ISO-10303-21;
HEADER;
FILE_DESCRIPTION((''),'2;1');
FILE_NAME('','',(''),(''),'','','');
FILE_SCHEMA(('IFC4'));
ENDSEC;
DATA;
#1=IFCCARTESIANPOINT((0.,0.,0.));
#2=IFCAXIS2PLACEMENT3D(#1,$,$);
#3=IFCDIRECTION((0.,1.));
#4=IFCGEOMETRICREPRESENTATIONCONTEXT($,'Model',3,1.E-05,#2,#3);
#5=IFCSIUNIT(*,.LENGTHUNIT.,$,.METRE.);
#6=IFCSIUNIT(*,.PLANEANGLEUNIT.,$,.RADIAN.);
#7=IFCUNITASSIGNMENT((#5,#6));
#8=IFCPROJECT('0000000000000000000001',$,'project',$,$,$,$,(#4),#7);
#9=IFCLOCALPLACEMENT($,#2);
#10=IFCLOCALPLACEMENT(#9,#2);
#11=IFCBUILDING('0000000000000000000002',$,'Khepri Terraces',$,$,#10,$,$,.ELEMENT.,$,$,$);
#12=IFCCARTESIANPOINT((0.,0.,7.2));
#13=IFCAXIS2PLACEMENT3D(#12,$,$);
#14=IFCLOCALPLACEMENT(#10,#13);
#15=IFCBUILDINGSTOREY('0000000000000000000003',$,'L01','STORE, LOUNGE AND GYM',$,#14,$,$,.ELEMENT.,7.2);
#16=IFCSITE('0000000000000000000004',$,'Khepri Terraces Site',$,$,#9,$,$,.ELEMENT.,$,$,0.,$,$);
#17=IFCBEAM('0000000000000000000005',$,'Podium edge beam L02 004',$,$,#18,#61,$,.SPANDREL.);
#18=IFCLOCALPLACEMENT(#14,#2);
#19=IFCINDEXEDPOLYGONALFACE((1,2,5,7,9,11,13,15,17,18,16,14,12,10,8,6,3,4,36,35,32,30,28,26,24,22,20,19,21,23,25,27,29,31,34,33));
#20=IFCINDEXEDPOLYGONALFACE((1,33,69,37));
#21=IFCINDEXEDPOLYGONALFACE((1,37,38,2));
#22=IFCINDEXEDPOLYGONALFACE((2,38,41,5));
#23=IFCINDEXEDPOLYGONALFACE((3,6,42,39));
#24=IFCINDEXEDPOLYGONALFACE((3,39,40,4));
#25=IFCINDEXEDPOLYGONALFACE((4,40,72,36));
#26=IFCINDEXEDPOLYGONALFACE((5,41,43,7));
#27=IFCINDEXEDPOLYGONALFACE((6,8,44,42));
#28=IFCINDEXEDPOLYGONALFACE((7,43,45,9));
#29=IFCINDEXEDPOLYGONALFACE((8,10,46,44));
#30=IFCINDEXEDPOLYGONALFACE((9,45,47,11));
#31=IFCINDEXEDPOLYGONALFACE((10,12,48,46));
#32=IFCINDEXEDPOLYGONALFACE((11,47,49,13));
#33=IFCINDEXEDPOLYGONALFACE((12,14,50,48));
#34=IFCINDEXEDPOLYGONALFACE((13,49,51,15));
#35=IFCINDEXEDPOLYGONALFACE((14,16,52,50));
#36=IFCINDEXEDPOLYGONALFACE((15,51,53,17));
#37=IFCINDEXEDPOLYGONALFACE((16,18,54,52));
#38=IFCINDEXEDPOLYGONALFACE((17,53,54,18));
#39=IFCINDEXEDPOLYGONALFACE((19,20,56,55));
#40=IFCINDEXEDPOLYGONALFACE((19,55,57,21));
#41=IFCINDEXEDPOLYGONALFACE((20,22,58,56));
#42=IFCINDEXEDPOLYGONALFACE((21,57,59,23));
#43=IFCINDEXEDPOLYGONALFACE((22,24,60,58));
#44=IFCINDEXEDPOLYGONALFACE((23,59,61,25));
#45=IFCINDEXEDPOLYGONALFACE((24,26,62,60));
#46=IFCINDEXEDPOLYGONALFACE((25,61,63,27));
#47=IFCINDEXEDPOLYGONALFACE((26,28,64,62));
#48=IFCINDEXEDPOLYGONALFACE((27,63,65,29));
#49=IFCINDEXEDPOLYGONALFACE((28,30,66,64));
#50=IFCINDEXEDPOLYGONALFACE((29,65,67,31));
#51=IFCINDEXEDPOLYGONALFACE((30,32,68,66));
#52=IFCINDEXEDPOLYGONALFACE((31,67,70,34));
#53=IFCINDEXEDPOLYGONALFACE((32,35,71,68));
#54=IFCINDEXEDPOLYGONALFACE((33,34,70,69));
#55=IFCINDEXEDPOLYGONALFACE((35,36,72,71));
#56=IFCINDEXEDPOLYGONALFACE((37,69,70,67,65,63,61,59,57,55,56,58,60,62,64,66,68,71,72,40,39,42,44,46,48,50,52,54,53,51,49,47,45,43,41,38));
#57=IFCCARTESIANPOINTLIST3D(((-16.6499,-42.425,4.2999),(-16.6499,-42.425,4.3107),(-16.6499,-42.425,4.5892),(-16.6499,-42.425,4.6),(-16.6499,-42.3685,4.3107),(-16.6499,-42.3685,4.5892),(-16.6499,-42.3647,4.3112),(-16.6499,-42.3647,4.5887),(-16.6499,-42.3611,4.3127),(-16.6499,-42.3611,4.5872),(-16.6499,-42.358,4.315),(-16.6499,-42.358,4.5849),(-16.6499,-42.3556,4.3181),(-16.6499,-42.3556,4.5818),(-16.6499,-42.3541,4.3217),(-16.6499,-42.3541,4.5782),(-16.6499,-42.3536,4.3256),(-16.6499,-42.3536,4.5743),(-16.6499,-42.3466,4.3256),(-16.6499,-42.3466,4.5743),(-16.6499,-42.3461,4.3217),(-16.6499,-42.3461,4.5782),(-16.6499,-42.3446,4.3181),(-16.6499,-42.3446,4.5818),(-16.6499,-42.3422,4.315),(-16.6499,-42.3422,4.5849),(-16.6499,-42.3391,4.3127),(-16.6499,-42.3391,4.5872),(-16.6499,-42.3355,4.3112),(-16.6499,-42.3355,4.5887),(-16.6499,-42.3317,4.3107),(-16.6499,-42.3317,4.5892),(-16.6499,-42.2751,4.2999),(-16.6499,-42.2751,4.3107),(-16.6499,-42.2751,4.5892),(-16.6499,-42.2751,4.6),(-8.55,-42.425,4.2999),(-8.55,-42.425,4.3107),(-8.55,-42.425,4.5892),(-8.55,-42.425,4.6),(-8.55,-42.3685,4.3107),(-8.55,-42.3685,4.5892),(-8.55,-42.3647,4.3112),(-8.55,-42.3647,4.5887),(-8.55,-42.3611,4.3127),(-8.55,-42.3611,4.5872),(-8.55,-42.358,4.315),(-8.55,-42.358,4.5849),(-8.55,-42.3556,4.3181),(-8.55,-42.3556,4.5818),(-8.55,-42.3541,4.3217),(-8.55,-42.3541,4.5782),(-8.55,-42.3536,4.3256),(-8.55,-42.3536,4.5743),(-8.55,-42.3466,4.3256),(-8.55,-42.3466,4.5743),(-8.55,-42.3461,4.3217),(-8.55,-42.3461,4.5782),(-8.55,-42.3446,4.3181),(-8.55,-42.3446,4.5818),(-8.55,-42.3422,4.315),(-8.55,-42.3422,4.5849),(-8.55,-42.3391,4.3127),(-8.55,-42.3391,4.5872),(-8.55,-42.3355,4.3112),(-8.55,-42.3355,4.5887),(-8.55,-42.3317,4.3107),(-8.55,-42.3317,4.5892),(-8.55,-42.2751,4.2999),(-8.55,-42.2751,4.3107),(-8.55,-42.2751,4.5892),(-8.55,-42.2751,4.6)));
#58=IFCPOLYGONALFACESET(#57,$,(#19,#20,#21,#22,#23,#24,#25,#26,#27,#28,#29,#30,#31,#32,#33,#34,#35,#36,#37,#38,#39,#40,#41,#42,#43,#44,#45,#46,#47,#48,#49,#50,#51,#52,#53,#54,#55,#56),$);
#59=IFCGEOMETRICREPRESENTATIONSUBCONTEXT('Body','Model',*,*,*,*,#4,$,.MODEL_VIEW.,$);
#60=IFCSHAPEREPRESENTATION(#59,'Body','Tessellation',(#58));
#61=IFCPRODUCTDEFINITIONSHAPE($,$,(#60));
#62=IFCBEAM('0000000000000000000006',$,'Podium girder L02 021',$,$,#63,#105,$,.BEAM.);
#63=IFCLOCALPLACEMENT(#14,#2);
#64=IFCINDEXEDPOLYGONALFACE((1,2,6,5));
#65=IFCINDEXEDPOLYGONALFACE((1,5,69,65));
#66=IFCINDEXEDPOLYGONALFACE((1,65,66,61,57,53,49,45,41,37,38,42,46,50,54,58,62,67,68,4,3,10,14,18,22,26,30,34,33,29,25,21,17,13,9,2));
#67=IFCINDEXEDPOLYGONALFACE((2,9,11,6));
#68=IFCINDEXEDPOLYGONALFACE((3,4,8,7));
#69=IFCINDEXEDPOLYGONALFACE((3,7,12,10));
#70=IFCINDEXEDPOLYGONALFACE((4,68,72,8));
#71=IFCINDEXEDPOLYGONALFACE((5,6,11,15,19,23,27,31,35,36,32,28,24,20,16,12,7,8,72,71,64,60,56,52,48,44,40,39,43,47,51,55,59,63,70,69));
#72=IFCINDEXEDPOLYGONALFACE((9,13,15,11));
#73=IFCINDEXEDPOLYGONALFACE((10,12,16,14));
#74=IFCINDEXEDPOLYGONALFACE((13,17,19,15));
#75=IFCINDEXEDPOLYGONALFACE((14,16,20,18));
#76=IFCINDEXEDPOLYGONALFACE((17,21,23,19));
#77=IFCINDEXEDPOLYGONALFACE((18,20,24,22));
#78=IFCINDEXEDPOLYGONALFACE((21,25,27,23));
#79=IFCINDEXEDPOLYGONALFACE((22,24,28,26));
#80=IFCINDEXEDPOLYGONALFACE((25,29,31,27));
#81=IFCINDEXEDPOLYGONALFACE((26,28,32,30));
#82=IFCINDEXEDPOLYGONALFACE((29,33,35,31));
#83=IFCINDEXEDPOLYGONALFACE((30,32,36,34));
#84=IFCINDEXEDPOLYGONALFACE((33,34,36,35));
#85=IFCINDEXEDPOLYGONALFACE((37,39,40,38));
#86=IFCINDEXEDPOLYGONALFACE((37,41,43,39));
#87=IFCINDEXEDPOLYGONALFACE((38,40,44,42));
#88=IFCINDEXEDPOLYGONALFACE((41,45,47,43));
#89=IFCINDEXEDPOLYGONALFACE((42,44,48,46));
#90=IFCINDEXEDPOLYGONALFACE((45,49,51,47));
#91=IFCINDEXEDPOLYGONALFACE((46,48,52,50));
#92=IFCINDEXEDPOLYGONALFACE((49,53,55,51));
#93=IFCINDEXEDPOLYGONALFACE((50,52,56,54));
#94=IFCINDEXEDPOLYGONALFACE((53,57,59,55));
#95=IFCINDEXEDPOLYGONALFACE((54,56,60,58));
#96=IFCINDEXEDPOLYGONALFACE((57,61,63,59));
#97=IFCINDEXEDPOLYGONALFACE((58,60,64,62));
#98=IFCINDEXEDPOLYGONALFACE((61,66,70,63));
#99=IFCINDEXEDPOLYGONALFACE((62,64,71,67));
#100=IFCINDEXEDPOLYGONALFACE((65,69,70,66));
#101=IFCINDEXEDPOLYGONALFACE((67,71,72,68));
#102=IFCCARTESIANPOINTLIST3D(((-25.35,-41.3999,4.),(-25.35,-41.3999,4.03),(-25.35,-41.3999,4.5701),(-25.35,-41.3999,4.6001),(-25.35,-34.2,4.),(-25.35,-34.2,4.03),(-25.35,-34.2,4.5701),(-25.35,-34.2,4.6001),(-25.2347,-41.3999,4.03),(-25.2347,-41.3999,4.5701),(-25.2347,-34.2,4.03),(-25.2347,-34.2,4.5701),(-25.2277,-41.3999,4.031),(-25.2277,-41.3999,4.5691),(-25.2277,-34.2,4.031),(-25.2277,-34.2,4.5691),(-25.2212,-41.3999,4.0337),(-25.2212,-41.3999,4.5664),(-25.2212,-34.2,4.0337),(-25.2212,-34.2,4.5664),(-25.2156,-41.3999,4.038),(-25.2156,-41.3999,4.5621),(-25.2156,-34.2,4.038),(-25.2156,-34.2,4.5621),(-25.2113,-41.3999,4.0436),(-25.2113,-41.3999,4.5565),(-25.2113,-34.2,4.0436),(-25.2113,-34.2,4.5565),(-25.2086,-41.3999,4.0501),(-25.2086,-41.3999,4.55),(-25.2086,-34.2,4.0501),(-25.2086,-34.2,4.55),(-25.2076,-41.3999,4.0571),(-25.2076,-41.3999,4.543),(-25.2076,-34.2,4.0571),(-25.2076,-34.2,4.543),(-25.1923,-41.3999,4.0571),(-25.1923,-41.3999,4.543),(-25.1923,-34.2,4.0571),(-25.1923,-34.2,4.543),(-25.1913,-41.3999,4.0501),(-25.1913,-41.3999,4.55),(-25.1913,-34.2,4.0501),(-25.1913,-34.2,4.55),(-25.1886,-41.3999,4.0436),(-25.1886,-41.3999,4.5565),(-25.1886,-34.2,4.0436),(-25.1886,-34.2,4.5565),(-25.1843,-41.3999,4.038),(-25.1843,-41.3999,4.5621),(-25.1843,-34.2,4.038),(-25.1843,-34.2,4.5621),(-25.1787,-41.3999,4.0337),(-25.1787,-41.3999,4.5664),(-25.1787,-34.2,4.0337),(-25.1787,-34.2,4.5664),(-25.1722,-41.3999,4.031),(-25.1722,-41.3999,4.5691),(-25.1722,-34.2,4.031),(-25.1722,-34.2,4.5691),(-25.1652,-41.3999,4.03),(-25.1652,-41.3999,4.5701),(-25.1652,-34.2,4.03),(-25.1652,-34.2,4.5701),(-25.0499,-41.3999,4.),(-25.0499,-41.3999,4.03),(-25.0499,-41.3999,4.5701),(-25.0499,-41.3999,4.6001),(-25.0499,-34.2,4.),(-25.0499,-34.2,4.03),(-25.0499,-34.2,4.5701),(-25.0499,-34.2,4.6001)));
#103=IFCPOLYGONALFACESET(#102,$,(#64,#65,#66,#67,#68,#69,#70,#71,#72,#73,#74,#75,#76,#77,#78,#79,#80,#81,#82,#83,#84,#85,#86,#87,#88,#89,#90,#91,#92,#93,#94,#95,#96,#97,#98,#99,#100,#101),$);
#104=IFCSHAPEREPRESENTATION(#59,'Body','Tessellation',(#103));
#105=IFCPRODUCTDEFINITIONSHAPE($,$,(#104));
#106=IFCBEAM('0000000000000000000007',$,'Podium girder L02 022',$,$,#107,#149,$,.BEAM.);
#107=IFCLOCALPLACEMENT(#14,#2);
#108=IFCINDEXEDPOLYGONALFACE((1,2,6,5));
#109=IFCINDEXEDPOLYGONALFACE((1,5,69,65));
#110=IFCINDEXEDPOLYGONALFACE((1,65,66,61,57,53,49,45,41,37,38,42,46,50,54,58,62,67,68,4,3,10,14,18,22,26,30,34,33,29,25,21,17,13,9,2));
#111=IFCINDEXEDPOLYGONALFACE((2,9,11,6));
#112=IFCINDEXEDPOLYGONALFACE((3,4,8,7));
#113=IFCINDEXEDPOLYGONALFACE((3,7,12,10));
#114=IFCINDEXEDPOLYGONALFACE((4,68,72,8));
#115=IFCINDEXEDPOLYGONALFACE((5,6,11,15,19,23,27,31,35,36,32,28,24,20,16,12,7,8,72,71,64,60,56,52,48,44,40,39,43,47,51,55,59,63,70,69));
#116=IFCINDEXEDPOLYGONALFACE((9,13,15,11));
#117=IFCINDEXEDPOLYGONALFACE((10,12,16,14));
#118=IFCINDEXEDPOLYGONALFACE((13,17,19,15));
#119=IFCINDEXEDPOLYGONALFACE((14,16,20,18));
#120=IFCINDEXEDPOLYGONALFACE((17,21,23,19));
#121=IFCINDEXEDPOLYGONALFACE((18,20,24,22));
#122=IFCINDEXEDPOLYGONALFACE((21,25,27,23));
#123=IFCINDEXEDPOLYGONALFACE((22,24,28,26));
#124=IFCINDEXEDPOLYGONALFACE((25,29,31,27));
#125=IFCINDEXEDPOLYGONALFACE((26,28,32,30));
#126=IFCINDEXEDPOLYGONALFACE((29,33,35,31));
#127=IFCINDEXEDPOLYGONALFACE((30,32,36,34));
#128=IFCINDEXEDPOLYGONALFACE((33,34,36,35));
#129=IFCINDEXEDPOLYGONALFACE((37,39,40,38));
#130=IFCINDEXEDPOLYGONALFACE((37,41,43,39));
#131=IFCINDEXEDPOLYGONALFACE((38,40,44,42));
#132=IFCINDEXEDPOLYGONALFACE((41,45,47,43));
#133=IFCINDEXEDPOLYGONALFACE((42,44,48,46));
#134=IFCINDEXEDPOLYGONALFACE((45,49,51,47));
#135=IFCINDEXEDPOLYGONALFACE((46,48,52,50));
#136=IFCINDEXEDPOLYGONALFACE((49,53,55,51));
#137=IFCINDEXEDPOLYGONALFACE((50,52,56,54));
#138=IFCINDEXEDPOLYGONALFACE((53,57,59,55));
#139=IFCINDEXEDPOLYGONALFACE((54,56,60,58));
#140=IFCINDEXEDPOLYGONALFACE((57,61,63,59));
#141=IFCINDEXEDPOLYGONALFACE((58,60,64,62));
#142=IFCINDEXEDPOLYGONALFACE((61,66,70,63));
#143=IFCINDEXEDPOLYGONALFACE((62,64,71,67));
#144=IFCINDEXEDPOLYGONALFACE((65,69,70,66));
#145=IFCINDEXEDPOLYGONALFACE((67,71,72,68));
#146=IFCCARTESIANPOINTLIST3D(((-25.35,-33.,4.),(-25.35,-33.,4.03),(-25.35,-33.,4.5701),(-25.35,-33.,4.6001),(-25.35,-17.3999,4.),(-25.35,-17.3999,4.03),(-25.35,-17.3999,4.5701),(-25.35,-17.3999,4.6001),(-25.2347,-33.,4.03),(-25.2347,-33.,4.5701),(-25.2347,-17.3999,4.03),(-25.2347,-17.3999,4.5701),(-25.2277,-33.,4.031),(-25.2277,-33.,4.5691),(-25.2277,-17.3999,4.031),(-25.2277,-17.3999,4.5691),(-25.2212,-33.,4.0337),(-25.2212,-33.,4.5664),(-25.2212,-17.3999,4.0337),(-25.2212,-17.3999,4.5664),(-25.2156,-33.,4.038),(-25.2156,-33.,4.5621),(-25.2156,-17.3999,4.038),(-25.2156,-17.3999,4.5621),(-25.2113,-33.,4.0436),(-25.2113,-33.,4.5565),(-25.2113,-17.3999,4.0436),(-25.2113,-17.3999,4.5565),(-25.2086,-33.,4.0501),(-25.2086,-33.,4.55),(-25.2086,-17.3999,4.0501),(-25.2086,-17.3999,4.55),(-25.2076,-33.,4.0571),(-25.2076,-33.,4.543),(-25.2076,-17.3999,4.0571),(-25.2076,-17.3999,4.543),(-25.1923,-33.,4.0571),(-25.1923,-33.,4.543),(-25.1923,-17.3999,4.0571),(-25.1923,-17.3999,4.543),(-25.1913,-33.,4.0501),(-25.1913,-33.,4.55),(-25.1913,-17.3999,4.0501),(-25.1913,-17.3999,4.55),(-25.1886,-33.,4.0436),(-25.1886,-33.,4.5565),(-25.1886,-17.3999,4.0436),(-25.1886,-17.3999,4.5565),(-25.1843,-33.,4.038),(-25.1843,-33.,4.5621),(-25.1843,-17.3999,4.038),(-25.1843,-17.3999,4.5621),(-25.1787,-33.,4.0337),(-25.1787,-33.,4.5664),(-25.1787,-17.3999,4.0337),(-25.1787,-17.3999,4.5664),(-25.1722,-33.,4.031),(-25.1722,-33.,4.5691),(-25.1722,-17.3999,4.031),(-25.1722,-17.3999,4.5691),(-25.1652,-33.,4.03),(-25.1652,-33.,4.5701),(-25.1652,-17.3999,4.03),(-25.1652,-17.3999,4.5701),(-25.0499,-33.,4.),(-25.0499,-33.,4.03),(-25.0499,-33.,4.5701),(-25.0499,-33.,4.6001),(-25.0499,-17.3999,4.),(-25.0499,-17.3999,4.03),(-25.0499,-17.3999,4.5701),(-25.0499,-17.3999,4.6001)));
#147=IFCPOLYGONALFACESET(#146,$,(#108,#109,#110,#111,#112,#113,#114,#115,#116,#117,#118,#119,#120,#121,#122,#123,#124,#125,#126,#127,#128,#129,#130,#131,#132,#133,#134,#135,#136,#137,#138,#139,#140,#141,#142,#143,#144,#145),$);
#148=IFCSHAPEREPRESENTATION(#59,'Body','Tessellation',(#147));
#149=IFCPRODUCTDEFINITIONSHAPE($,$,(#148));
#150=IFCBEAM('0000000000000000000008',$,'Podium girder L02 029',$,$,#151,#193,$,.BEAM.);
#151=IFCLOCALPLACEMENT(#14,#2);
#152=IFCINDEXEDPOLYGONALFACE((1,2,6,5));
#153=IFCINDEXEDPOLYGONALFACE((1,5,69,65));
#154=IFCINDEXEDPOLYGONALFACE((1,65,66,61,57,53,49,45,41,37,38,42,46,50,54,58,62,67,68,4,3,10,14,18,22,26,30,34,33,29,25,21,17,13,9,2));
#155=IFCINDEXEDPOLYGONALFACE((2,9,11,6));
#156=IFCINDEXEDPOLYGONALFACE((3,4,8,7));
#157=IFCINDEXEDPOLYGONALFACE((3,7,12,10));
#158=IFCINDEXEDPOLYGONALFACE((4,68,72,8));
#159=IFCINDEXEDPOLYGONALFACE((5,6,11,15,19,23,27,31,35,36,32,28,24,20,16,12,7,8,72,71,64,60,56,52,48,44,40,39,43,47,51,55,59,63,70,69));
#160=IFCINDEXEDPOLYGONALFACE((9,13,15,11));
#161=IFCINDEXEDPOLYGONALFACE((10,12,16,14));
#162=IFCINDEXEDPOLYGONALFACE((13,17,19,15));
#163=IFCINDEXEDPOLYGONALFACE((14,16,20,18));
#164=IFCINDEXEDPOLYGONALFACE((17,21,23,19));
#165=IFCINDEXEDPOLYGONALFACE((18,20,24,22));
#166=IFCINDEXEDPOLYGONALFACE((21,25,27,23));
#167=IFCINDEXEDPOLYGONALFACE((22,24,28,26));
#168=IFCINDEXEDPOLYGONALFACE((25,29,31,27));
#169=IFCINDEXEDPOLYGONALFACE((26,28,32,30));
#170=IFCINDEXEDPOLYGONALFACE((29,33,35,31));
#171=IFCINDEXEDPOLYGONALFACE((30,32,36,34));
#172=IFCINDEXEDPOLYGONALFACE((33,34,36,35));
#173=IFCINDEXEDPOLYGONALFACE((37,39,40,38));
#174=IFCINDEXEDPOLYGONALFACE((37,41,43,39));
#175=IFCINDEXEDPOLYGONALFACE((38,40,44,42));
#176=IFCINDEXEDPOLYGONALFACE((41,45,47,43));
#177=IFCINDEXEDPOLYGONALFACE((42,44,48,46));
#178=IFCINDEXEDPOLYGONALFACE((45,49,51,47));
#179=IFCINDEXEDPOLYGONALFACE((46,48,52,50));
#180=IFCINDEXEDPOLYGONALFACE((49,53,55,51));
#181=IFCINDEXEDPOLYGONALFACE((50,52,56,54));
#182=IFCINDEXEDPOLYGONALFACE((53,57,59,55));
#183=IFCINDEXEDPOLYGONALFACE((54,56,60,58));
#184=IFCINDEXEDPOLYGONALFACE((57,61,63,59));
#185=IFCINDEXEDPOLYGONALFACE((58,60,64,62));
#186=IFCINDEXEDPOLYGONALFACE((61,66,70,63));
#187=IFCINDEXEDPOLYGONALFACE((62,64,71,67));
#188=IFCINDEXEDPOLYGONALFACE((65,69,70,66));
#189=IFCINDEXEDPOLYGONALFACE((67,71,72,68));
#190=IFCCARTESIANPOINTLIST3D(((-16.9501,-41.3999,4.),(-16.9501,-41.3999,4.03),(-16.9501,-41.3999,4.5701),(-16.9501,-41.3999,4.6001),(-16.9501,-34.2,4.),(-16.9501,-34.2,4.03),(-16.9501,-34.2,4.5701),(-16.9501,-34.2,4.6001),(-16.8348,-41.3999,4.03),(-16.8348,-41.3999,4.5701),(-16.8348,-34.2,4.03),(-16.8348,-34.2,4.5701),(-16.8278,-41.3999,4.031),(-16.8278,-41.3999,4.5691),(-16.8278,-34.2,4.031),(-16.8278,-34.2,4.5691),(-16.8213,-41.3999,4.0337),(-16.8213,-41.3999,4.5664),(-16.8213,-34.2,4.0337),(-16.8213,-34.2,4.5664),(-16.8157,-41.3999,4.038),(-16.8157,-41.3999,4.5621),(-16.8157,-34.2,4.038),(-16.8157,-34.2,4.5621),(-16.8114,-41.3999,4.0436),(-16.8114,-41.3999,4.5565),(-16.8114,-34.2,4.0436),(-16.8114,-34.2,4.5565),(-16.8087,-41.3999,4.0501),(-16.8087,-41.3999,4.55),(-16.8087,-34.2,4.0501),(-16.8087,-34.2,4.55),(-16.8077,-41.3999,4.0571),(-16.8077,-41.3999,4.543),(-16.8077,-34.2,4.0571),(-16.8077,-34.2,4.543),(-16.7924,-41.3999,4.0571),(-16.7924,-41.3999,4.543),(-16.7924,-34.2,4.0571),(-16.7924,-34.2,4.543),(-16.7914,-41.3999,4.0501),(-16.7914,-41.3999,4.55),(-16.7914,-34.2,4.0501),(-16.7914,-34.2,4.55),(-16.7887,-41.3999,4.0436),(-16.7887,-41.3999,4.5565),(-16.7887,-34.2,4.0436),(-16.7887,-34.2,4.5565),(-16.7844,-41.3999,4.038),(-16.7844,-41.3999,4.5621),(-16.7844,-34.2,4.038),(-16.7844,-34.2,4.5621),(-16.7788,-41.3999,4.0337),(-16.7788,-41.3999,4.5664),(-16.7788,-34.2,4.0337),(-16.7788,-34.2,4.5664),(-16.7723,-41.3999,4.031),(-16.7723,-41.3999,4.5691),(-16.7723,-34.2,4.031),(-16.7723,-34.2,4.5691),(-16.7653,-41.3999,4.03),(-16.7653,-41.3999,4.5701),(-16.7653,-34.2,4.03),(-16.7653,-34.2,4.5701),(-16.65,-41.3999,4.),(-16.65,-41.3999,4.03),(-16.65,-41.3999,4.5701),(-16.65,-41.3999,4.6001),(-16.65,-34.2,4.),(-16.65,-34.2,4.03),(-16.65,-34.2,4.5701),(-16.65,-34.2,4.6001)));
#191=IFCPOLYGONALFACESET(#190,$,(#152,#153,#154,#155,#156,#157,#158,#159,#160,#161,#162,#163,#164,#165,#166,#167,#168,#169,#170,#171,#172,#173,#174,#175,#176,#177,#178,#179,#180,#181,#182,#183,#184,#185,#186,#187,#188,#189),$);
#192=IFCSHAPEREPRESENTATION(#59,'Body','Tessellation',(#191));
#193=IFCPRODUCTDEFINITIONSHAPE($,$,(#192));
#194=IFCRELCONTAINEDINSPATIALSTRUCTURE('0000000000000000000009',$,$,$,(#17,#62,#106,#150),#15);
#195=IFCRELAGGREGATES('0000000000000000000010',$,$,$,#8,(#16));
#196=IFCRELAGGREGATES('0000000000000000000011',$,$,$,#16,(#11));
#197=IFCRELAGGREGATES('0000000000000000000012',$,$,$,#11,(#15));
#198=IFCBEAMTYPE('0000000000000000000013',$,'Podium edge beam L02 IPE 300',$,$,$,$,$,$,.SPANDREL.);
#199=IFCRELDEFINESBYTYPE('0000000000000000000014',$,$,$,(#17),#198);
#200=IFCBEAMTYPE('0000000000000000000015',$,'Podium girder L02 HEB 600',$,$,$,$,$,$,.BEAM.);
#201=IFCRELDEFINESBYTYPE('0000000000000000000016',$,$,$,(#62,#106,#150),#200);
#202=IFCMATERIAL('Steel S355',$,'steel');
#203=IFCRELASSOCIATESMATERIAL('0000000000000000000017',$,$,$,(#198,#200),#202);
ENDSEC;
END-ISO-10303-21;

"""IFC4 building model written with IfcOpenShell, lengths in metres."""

from ifc_helpers import new_model, si_unit, direction, frame, origin, origin_2d, place, context, subcontext, project, spatial, i_section, extrude, material, material_profile, profile_set, type_object, element, save


model = new_model("IFC4")

# Units and contexts
model_context = context("Model", 3, precision=1e-05, world=origin(), true_north=direction((0.0, 1.0)))
body_context = subcontext(model_context, "Body", "Model", "MODEL_VIEW")
ifc_project = project(units=[si_unit("LENGTHUNIT", "METRE"), si_unit("PLANEANGLEUNIT", "RADIAN")], contexts=[model_context])

# Site, building, storey
site_placement = place(None, origin())
site = spatial("IfcSite", under=ifc_project, at=site_placement, Name="Khepri Terraces Site", CompositionType="ELEMENT", RefElevation=0.0)
building_placement = place(site_placement, origin())
building = spatial("IfcBuilding", under=site, at=building_placement, Name="Khepri Terraces", CompositionType="ELEMENT")
storey_placement = place(building_placement, frame((0.0, 0.0, 7.2)))
storey = spatial("IfcBuildingStorey", under=building, at=storey_placement, Name="L01", Description="STORE, LOUNGE AND GYM", CompositionType="ELEMENT", Elevation=7.2)

# Beams
ifc_material_1 = material(Name="Steel S355", Category="steel")
ifc_material_profile_1 = material_profile(ifc_material_1, i_section(OverallWidth=0.1499, OverallDepth=0.3, WebThickness=0.0071, FlangeThickness=0.0107, FilletRadius=0.0149, at=origin_2d()), Name="Steel S355", Category="steel")
ifc_profile_set_1 = profile_set([ifc_material_profile_1], Name="Steel S355")
beam_type_1 = type_object("IfcBeamType", Name="Podium edge beam L02 IPE 300", PredefinedType="SPANDREL", material=ifc_profile_set_1)
beam_1_placement = place(storey_placement, frame((-16.6499, -42.3501, 4.45), z_axis=(1.0, 0.0, 0.0), x_axis=(0.0, 1.0, 0.0)))
element("IfcBeam", 1, at=beam_1_placement, inside=storey, type_object=beam_type_1, Name="Podium edge beam L02 004", PredefinedType="SPANDREL", context=body_context, shape_type="SweptSolid", body=[
    extrude(i_section(OverallWidth=0.1499, OverallDepth=0.3, WebThickness=0.0071, FlangeThickness=0.0107, FilletRadius=0.0149, at=origin_2d()), origin(), (0.0, 0.0, 1.0), 8.0999),
])
ifc_material_profile_2 = material_profile(ifc_material_1, i_section(OverallWidth=0.3, OverallDepth=0.6001, WebThickness=0.0154, FlangeThickness=0.03, FilletRadius=0.0271, at=origin_2d()), Name="Steel S355", Category="steel")
ifc_profile_set_2 = profile_set([ifc_material_profile_2], Name="Steel S355")
beam_type_2 = type_object("IfcBeamType", Name="Podium girder L02 HEB 600", PredefinedType="BEAM", material=ifc_profile_set_2)
beam_2_placement = place(storey_placement, frame((-25.2, -41.3999, 4.3), z_axis=(0.0, 1.0, 0.0), x_axis=(-1.0, 0.0, 0.0)))
element("IfcBeam", 2, at=beam_2_placement, inside=storey, type_object=beam_type_2, Name="Podium girder L02 021", PredefinedType="BEAM", context=body_context, shape_type="SweptSolid", body=[
    extrude(i_section(OverallWidth=0.3, OverallDepth=0.6001, WebThickness=0.0154, FlangeThickness=0.03, FilletRadius=0.0271, at=origin_2d()), origin(), (0.0, 0.0, 1.0), 7.2),
])
beam_3_placement = place(storey_placement, frame((-25.2, -33.0, 4.3), z_axis=(0.0, 1.0, 0.0), x_axis=(-1.0, 0.0, 0.0)))
element("IfcBeam", 3, at=beam_3_placement, inside=storey, type_object=beam_type_2, Name="Podium girder L02 022", PredefinedType="BEAM", context=body_context, shape_type="SweptSolid", body=[
    extrude(i_section(OverallWidth=0.3, OverallDepth=0.6001, WebThickness=0.0154, FlangeThickness=0.03, FilletRadius=0.0271, at=origin_2d()), origin(), (0.0, 0.0, 1.0), 15.6001),
])
for number, where, z_axis, x_axis, name in (
    (4, (-16.8, -41.3999, 4.3), (0.0, 1.0, 0.0), (-1.0, 0.0, 0.0), "Podium girder L02 029"),
):
    element("IfcBeam", number, at=place(storey_placement, frame(where, z_axis=z_axis, x_axis=x_axis)), inside=storey, type_object=beam_type_2, Name=name, PredefinedType="BEAM", context=body_context, shape_type="SweptSolid", body=[
        extrude(i_section(OverallWidth=0.3, OverallDepth=0.6001, WebThickness=0.0154, FlangeThickness=0.03, FilletRadius=0.0271, at=origin_2d()), origin(), (0.0, 0.0, 1.0), 7.2),
    ])

save(model, "model.ifc")
